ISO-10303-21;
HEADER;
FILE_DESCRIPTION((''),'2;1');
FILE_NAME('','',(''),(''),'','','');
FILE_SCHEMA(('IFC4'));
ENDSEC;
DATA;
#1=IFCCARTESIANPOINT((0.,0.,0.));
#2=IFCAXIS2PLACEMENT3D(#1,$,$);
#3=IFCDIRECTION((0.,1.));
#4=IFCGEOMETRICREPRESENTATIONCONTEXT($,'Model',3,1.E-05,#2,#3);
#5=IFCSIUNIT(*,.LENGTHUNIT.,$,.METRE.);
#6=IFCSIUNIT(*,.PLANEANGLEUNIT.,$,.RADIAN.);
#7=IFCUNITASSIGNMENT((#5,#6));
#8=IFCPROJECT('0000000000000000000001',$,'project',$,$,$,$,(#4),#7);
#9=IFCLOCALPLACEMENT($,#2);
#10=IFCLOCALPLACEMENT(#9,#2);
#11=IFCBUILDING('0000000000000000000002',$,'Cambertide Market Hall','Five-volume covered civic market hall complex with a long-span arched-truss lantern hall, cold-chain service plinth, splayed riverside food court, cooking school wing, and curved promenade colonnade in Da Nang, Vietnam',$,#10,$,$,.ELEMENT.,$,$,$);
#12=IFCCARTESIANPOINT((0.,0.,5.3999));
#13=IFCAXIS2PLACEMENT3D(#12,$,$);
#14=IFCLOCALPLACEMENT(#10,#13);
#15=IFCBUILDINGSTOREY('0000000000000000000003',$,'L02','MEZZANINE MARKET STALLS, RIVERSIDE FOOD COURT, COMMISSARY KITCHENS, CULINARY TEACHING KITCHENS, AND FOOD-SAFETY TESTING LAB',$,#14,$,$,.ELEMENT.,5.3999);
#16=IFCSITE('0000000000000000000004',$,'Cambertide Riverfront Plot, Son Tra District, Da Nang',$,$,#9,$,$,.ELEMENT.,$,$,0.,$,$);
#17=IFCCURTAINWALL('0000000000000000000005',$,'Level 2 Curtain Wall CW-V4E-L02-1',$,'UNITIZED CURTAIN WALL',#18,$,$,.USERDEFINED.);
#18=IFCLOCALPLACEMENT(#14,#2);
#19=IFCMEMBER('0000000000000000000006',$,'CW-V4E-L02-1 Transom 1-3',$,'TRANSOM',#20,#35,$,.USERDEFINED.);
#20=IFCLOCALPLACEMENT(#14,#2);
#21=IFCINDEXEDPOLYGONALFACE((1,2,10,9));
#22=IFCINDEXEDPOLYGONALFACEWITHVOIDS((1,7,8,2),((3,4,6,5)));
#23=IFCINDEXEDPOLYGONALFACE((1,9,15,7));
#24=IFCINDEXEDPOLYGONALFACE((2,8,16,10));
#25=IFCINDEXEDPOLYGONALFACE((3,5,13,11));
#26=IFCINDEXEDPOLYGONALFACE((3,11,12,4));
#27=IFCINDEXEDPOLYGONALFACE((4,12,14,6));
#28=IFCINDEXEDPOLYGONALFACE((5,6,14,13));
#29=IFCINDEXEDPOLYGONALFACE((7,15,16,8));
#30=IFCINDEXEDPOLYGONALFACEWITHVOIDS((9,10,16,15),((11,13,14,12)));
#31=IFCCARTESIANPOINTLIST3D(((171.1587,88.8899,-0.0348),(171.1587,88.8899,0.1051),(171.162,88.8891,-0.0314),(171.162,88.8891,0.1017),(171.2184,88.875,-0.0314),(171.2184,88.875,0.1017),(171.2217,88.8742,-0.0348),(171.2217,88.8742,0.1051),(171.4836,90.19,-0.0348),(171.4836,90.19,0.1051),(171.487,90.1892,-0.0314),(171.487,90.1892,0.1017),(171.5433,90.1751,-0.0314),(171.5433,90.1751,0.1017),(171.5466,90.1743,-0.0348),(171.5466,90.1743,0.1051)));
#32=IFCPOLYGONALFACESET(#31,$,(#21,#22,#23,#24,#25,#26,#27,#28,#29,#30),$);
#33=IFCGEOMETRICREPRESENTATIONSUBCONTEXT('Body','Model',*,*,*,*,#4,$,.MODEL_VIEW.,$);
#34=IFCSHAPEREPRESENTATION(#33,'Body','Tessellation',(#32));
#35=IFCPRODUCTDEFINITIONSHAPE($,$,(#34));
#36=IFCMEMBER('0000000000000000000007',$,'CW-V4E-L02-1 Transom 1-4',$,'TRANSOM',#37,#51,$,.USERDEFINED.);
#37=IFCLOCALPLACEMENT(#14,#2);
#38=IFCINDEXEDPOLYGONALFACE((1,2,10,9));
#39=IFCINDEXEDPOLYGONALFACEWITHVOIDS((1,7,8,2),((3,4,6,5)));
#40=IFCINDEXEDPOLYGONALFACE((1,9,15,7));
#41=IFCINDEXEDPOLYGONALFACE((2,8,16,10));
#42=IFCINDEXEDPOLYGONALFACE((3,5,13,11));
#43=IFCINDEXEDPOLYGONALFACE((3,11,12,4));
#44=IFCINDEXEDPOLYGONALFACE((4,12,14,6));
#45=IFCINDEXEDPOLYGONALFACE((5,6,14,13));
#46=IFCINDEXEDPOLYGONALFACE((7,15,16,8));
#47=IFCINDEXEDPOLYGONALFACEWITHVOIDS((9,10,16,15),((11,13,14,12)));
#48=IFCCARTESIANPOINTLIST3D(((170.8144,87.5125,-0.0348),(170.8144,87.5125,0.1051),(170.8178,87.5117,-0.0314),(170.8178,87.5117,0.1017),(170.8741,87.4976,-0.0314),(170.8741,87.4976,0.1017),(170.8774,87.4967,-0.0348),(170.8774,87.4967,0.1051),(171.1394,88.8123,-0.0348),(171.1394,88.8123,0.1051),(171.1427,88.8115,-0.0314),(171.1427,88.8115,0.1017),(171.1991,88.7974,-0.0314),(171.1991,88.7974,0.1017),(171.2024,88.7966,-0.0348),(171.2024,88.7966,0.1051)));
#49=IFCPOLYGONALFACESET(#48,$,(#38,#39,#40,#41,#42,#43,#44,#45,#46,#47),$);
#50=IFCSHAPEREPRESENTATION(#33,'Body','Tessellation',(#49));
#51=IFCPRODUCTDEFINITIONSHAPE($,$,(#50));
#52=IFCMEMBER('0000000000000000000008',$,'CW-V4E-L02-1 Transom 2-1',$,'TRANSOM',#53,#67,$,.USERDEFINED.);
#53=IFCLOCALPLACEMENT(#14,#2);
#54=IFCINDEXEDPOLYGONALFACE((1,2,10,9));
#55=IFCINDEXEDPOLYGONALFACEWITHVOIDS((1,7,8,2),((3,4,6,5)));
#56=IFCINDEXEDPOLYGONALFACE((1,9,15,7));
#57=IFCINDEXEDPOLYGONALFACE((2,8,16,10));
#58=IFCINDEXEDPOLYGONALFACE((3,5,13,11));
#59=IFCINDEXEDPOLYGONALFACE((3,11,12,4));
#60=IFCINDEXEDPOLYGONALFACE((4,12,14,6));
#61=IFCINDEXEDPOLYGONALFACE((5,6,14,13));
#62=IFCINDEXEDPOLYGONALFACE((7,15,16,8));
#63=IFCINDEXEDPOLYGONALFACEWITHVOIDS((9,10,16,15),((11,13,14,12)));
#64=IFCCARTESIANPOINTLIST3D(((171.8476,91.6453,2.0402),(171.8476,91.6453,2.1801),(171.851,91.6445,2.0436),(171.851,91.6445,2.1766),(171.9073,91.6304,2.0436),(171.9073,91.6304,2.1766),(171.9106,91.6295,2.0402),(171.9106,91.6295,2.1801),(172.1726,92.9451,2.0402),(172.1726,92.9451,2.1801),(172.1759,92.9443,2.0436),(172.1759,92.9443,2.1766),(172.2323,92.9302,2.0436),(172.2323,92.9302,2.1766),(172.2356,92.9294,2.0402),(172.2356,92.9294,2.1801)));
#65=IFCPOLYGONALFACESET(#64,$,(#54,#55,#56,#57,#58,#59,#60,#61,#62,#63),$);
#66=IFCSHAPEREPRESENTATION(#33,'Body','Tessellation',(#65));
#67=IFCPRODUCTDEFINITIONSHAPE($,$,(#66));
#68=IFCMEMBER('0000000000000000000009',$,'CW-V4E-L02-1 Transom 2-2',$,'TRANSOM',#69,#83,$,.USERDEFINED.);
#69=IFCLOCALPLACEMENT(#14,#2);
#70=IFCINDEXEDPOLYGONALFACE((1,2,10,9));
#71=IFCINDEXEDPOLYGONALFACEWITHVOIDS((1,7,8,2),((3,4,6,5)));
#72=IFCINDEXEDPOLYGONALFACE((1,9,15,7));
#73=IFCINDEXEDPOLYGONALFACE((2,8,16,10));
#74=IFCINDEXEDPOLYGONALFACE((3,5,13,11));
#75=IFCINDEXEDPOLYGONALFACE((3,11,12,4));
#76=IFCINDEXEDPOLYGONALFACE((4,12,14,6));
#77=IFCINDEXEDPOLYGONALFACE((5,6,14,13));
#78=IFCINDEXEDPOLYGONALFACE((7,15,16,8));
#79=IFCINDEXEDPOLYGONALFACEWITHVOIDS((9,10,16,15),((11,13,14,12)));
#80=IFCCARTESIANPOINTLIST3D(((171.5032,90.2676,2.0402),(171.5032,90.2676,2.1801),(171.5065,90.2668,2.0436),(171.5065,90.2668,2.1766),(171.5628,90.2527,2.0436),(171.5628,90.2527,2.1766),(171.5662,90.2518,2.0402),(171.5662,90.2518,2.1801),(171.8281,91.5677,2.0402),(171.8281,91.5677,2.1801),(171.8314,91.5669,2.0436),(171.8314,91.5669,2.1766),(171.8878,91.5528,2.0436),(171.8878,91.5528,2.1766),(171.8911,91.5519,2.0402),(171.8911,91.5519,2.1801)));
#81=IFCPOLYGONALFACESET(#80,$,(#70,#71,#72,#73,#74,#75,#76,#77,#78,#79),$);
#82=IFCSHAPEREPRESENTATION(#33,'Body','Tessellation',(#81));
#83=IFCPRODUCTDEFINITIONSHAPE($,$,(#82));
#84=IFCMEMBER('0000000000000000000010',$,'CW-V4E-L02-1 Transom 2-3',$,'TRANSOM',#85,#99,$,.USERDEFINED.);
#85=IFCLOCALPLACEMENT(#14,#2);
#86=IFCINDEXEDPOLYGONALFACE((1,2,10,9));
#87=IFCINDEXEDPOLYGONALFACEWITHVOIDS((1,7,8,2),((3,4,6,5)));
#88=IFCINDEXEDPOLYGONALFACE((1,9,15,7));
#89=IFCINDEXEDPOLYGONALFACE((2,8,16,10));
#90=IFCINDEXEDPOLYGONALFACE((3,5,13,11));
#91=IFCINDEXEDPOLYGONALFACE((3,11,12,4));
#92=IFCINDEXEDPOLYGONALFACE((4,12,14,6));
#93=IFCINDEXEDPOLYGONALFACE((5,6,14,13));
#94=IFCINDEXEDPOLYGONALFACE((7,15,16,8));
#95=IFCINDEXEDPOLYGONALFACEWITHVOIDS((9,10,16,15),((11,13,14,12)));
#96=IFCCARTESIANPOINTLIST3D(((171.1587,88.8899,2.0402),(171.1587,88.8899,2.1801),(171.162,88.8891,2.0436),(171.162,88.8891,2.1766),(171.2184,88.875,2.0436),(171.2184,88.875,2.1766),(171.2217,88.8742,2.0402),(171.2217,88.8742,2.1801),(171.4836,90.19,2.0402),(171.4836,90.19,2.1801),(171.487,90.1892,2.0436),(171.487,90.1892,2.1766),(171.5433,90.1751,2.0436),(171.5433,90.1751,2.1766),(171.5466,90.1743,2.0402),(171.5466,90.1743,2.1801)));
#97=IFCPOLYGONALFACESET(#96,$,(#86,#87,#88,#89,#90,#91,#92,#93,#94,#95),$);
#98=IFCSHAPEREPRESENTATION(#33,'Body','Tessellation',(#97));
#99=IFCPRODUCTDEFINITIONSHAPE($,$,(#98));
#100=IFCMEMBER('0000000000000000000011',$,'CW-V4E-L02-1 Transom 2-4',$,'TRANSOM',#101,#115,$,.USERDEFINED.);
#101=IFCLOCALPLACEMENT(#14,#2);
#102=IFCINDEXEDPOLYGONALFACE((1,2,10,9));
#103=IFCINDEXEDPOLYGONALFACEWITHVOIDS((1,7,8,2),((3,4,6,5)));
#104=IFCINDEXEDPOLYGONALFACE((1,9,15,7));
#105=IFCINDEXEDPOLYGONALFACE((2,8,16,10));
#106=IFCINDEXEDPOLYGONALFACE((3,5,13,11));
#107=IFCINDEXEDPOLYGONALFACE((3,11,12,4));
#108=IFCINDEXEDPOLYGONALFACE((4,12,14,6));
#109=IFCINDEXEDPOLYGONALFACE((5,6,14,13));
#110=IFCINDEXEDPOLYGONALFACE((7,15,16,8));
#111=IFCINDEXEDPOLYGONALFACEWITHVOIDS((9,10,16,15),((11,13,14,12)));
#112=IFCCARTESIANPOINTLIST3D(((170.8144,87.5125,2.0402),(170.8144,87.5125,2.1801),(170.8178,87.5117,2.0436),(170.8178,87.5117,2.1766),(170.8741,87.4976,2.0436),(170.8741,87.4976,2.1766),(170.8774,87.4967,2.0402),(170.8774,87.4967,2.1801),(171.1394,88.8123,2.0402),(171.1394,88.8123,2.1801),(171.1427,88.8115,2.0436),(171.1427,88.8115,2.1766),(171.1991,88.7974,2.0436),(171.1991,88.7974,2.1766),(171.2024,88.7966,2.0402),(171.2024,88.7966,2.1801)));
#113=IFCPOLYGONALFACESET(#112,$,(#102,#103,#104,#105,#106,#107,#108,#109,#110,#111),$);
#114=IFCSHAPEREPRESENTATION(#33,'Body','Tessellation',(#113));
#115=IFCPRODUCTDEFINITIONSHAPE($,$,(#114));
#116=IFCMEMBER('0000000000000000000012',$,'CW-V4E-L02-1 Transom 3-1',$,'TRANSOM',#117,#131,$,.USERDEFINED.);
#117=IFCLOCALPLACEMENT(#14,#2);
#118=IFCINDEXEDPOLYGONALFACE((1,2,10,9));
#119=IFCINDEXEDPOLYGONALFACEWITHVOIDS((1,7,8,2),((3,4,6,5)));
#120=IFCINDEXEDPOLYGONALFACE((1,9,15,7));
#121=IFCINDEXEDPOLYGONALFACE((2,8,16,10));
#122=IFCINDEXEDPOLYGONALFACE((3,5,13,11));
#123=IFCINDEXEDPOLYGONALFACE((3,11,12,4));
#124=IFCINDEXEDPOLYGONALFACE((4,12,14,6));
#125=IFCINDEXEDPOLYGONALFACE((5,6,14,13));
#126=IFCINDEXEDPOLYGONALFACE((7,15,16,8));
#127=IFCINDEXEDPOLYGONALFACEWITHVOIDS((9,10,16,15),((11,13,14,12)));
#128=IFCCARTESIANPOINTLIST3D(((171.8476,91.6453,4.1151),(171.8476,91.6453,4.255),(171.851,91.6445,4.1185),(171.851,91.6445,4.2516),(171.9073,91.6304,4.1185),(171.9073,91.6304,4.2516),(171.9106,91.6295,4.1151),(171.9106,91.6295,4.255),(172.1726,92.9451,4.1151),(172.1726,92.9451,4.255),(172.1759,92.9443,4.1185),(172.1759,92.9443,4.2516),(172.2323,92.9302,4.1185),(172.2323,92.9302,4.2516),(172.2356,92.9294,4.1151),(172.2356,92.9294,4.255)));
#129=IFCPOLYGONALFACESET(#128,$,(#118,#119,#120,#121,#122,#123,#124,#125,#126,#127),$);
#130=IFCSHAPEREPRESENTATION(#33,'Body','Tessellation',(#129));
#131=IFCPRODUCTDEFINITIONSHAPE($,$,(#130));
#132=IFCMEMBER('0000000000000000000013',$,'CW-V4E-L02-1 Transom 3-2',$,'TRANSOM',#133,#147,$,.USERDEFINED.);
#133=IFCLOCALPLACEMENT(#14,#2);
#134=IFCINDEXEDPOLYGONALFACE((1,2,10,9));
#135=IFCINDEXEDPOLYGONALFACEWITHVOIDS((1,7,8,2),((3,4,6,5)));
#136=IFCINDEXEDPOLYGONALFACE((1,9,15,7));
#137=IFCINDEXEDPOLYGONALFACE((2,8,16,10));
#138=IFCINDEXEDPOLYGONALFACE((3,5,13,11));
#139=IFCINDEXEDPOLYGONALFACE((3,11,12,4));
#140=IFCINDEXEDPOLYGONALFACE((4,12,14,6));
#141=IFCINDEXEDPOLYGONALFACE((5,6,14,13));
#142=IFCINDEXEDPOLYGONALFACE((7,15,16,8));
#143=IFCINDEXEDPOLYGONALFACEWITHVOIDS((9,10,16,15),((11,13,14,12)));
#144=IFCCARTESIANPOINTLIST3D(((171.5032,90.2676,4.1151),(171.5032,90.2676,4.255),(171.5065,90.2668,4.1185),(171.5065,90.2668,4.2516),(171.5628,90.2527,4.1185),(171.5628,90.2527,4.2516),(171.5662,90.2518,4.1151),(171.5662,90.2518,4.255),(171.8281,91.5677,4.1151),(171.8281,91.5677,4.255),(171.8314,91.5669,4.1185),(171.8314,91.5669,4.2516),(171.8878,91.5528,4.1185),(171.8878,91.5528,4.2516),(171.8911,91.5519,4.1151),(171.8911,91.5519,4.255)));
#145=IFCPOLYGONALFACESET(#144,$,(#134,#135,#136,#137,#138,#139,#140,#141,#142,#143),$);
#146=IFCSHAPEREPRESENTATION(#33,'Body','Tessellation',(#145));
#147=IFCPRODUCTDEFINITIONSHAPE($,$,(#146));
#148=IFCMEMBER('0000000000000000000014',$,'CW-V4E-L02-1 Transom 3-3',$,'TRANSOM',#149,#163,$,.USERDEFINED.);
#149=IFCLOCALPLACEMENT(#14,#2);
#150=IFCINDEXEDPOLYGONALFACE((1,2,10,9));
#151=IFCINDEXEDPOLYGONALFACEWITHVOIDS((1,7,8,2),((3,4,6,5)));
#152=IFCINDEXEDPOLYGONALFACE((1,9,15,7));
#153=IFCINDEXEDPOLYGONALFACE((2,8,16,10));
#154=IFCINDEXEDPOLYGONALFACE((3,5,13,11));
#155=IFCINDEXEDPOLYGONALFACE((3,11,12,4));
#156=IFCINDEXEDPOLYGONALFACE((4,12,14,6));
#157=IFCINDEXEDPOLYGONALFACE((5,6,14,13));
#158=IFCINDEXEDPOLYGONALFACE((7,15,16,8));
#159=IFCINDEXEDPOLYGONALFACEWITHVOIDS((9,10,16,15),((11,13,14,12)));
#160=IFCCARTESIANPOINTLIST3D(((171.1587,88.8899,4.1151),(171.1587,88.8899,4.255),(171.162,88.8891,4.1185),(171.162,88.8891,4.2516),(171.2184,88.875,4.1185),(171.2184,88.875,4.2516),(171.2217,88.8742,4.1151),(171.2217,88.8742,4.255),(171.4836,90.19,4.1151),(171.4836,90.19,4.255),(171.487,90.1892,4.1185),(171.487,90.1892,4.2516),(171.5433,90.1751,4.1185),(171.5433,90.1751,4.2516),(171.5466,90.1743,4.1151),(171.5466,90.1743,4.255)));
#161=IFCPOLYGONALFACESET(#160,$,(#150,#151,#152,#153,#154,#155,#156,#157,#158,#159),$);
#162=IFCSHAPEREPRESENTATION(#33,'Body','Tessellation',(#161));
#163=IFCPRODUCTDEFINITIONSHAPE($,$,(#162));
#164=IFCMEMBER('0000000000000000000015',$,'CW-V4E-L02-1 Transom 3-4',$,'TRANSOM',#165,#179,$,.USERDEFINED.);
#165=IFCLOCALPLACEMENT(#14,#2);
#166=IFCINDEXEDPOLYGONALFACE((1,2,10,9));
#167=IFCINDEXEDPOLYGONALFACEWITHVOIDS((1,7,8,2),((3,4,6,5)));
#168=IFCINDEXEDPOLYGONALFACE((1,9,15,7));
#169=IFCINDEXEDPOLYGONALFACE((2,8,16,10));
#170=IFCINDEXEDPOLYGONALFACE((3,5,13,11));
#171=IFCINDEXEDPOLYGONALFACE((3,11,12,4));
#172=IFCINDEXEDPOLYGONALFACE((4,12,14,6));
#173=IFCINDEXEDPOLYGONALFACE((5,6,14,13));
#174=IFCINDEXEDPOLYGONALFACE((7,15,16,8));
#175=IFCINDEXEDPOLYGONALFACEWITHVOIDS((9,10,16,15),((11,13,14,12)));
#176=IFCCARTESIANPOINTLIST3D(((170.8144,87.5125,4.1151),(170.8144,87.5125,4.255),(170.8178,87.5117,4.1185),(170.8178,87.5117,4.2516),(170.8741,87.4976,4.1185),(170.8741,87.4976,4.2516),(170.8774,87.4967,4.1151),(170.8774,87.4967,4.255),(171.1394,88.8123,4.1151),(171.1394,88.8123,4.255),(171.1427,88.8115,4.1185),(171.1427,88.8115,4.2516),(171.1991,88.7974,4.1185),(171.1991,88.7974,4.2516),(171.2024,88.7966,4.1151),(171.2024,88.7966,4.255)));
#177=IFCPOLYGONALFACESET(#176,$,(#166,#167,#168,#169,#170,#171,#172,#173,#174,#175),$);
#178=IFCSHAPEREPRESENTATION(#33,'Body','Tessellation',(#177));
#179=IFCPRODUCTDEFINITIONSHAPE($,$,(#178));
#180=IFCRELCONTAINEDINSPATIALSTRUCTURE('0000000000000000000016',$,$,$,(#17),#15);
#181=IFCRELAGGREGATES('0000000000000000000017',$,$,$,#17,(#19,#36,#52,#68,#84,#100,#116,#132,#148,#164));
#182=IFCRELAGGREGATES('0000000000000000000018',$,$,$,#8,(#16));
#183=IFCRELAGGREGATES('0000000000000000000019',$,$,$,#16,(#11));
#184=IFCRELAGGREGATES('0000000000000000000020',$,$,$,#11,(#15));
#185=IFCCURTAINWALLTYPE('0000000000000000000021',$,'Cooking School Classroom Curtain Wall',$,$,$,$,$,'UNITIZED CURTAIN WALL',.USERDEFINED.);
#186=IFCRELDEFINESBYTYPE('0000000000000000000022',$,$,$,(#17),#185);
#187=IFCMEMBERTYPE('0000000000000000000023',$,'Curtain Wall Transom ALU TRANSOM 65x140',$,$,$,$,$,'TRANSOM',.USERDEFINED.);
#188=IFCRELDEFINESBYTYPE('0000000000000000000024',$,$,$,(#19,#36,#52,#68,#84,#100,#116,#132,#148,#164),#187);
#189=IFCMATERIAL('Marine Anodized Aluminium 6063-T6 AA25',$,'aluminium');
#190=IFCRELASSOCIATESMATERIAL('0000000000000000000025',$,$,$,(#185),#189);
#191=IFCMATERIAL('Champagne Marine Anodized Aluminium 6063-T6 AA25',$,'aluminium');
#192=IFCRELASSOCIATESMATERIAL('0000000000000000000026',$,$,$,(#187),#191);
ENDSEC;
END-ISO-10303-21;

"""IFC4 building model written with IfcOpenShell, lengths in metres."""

from ifc_helpers import new_model, si_unit, direction, frame, origin, origin_2d, place, context, subcontext, project, spatial, hollow_rectangle, extrude, material, material_profile, profile_set, type_object, element, aggregate, save


model = new_model("IFC4")

# Units and contexts
model_context = context("Model", 3, precision=1e-05, world=origin(), true_north=direction((0.0, 1.0)))
body_context = subcontext(model_context, "Body", "Model", "MODEL_VIEW")
ifc_project = project(units=[si_unit("LENGTHUNIT", "METRE"), si_unit("PLANEANGLEUNIT", "RADIAN")], contexts=[model_context])

# Site, building, storey
site_placement = place(None, origin())
site = spatial("IfcSite", under=ifc_project, at=site_placement, Name="Cambertide Riverfront Plot, Son Tra District, Da Nang", CompositionType="ELEMENT", RefElevation=0.0)
building_placement = place(site_placement, origin())
building = spatial("IfcBuilding", under=site, at=building_placement, Name="Cambertide Market Hall", Description="Five-volume covered civic market hall complex with a long-span arched-truss lantern hall, cold-chain service plinth, splayed riverside food court, cooking school wing, and curved promenade colonnade in Da Nang, Vietnam", CompositionType="ELEMENT")
storey_placement = place(building_placement, frame((0.0, 0.0, 5.3999)))
storey = spatial("IfcBuildingStorey", under=building, at=storey_placement, Name="L02", Description="MEZZANINE MARKET STALLS, RIVERSIDE FOOD COURT, COMMISSARY KITCHENS, CULINARY TEACHING KITCHENS, AND FOOD-SAFETY TESTING LAB", CompositionType="ELEMENT", Elevation=5.3999)

# Curtain wall
ifc_material_1 = material(Name="Marine Anodized Aluminium 6063-T6 AA25", Category="aluminium")
curtain_wall_type = type_object("IfcCurtainWallType", Name="Cooking School Classroom Curtain Wall", ElementType="UNITIZED CURTAIN WALL", PredefinedType="USERDEFINED", material=ifc_material_1)
curtain_wall_1_placement = place(storey_placement, origin())
curtain_wall_1 = element("IfcCurtainWall", 1, at=curtain_wall_1_placement, inside=storey, type_object=curtain_wall_type, Name="Level 2 Curtain Wall CW-V4E-L02-1", ObjectType="UNITIZED CURTAIN WALL", PredefinedType="USERDEFINED")

# Members
ifc_material_2 = material(Name="Champagne Marine Anodized Aluminium 6063-T6 AA25", Category="aluminium")
ifc_material_profile_1 = material_profile(ifc_material_2, hollow_rectangle(XDim=0.0649, YDim=0.1399, WallThickness=0.0034, at=origin_2d()), Name="ALU TRANSOM 65x140")
ifc_profile_set_1 = profile_set([ifc_material_profile_1], Name="Champagne Marine Anodized Aluminium 6063-T6 AA25")
member_type_1 = type_object("IfcMemberType", Name="Curtain Wall Transom ALU TRANSOM 65x140", ElementType="TRANSOM", PredefinedType="USERDEFINED", material=ifc_profile_set_1)
member_1_placement = place(storey_placement, frame((171.5151, 90.1821, 0.0352), z_axis=(-0.242493, -0.970153, 0.0), x_axis=(0.970153, -0.242493, 0.0)))
member_1 = element("IfcMember", 2, at=member_1_placement, type_object=member_type_1, Name="CW-V4E-L02-1 Transom 1-3", ObjectType="TRANSOM", PredefinedType="USERDEFINED", context=body_context, shape_type="SweptSolid", body=[
    extrude(hollow_rectangle(XDim=0.0649, YDim=0.1399, WallThickness=0.0034, at=origin_2d()), origin(), (0.0, 0.0, 1.0), 1.3401),
])
member_2_placement = place(storey_placement, frame((171.1709, 88.8044, 0.0352), z_axis=(-0.242536, -0.970143, 0.0), x_axis=(0.970143, -0.242536, 0.0)))
member_2 = element("IfcMember", 3, at=member_2_placement, type_object=member_type_1, Name="CW-V4E-L02-1 Transom 1-4", ObjectType="TRANSOM", PredefinedType="USERDEFINED", context=body_context, shape_type="SweptSolid", body=[
    extrude(hollow_rectangle(XDim=0.0649, YDim=0.1399, WallThickness=0.0034, at=origin_2d()), origin(), (0.0, 0.0, 1.0), 1.3398),
])
member_3_placement = place(storey_placement, frame((172.2041, 92.9373, 2.1101), z_axis=(-0.242536, -0.970143, 0.0), x_axis=(0.970143, -0.242536, 0.0)))
member_3 = element("IfcMember", 4, at=member_3_placement, type_object=member_type_1, Name="CW-V4E-L02-1 Transom 2-1", ObjectType="TRANSOM", PredefinedType="USERDEFINED", context=body_context, shape_type="SweptSolid", body=[
    extrude(hollow_rectangle(XDim=0.0649, YDim=0.1399, WallThickness=0.0034, at=origin_2d()), origin(), (0.0, 0.0, 1.0), 1.3398),
])
member_4_placement = place(storey_placement, frame((171.8596, 91.5598, 2.1101), z_axis=(-0.242493, -0.970153, 0.0), x_axis=(0.970153, -0.242493, 0.0)))
member_4 = element("IfcMember", 5, at=member_4_placement, type_object=member_type_1, Name="CW-V4E-L02-1 Transom 2-2", ObjectType="TRANSOM", PredefinedType="USERDEFINED", context=body_context, shape_type="SweptSolid", body=[
    extrude(hollow_rectangle(XDim=0.0649, YDim=0.1399, WallThickness=0.0034, at=origin_2d()), origin(), (0.0, 0.0, 1.0), 1.3401),
])
member_5_placement = place(storey_placement, frame((171.5151, 90.1821, 2.1101), z_axis=(-0.242493, -0.970153, 0.0), x_axis=(0.970153, -0.242493, 0.0)))
member_5 = element("IfcMember", 6, at=member_5_placement, type_object=member_type_1, Name="CW-V4E-L02-1 Transom 2-3", ObjectType="TRANSOM", PredefinedType="USERDEFINED", context=body_context, shape_type="SweptSolid", body=[
    extrude(hollow_rectangle(XDim=0.0649, YDim=0.1399, WallThickness=0.0034, at=origin_2d()), origin(), (0.0, 0.0, 1.0), 1.3401),
])
member_6_placement = place(storey_placement, frame((171.1709, 88.8044, 2.1101), z_axis=(-0.242536, -0.970143, 0.0), x_axis=(0.970143, -0.242536, 0.0)))
member_6 = element("IfcMember", 7, at=member_6_placement, type_object=member_type_1, Name="CW-V4E-L02-1 Transom 2-4", ObjectType="TRANSOM", PredefinedType="USERDEFINED", context=body_context, shape_type="SweptSolid", body=[
    extrude(hollow_rectangle(XDim=0.0649, YDim=0.1399, WallThickness=0.0034, at=origin_2d()), origin(), (0.0, 0.0, 1.0), 1.3398),
])
member_7_placement = place(storey_placement, frame((172.2041, 92.9373, 4.1851), z_axis=(-0.242536, -0.970143, 0.0), x_axis=(0.970143, -0.242536, 0.0)))
member_7 = element("IfcMember", 8, at=member_7_placement, type_object=member_type_1, Name="CW-V4E-L02-1 Transom 3-1", ObjectType="TRANSOM", PredefinedType="USERDEFINED", context=body_context, shape_type="SweptSolid", body=[
    extrude(hollow_rectangle(XDim=0.0649, YDim=0.1399, WallThickness=0.0034, at=origin_2d()), origin(), (0.0, 0.0, 1.0), 1.3398),
])
member_8_placement = place(storey_placement, frame((171.8596, 91.5598, 4.1851), z_axis=(-0.242493, -0.970153, 0.0), x_axis=(0.970153, -0.242493, 0.0)))
member_8 = element("IfcMember", 9, at=member_8_placement, type_object=member_type_1, Name="CW-V4E-L02-1 Transom 3-2", ObjectType="TRANSOM", PredefinedType="USERDEFINED", context=body_context, shape_type="SweptSolid", body=[
    extrude(hollow_rectangle(XDim=0.0649, YDim=0.1399, WallThickness=0.0034, at=origin_2d()), origin(), (0.0, 0.0, 1.0), 1.3401),
])
member_9_placement = place(storey_placement, frame((171.5151, 90.1821, 4.1851), z_axis=(-0.242493, -0.970153, 0.0), x_axis=(0.970153, -0.242493, 0.0)))
member_9 = element("IfcMember", 10, at=member_9_placement, type_object=member_type_1, Name="CW-V4E-L02-1 Transom 3-3", ObjectType="TRANSOM", PredefinedType="USERDEFINED", context=body_context, shape_type="SweptSolid", body=[
    extrude(hollow_rectangle(XDim=0.0649, YDim=0.1399, WallThickness=0.0034, at=origin_2d()), origin(), (0.0, 0.0, 1.0), 1.3401),
])
member_10_placement = place(storey_placement, frame((171.1709, 88.8044, 4.1851), z_axis=(-0.242536, -0.970143, 0.0), x_axis=(0.970143, -0.242536, 0.0)))
member_10 = element("IfcMember", 11, at=member_10_placement, type_object=member_type_1, Name="CW-V4E-L02-1 Transom 3-4", ObjectType="TRANSOM", PredefinedType="USERDEFINED", context=body_context, shape_type="SweptSolid", body=[
    extrude(hollow_rectangle(XDim=0.0649, YDim=0.1399, WallThickness=0.0034, at=origin_2d()), origin(), (0.0, 0.0, 1.0), 1.3398),
])

aggregate(curtain_wall_1, [member_1, member_2, member_3, member_4, member_5, member_6, member_7, member_8, member_9, member_10])

save(model, "model.ifc")
